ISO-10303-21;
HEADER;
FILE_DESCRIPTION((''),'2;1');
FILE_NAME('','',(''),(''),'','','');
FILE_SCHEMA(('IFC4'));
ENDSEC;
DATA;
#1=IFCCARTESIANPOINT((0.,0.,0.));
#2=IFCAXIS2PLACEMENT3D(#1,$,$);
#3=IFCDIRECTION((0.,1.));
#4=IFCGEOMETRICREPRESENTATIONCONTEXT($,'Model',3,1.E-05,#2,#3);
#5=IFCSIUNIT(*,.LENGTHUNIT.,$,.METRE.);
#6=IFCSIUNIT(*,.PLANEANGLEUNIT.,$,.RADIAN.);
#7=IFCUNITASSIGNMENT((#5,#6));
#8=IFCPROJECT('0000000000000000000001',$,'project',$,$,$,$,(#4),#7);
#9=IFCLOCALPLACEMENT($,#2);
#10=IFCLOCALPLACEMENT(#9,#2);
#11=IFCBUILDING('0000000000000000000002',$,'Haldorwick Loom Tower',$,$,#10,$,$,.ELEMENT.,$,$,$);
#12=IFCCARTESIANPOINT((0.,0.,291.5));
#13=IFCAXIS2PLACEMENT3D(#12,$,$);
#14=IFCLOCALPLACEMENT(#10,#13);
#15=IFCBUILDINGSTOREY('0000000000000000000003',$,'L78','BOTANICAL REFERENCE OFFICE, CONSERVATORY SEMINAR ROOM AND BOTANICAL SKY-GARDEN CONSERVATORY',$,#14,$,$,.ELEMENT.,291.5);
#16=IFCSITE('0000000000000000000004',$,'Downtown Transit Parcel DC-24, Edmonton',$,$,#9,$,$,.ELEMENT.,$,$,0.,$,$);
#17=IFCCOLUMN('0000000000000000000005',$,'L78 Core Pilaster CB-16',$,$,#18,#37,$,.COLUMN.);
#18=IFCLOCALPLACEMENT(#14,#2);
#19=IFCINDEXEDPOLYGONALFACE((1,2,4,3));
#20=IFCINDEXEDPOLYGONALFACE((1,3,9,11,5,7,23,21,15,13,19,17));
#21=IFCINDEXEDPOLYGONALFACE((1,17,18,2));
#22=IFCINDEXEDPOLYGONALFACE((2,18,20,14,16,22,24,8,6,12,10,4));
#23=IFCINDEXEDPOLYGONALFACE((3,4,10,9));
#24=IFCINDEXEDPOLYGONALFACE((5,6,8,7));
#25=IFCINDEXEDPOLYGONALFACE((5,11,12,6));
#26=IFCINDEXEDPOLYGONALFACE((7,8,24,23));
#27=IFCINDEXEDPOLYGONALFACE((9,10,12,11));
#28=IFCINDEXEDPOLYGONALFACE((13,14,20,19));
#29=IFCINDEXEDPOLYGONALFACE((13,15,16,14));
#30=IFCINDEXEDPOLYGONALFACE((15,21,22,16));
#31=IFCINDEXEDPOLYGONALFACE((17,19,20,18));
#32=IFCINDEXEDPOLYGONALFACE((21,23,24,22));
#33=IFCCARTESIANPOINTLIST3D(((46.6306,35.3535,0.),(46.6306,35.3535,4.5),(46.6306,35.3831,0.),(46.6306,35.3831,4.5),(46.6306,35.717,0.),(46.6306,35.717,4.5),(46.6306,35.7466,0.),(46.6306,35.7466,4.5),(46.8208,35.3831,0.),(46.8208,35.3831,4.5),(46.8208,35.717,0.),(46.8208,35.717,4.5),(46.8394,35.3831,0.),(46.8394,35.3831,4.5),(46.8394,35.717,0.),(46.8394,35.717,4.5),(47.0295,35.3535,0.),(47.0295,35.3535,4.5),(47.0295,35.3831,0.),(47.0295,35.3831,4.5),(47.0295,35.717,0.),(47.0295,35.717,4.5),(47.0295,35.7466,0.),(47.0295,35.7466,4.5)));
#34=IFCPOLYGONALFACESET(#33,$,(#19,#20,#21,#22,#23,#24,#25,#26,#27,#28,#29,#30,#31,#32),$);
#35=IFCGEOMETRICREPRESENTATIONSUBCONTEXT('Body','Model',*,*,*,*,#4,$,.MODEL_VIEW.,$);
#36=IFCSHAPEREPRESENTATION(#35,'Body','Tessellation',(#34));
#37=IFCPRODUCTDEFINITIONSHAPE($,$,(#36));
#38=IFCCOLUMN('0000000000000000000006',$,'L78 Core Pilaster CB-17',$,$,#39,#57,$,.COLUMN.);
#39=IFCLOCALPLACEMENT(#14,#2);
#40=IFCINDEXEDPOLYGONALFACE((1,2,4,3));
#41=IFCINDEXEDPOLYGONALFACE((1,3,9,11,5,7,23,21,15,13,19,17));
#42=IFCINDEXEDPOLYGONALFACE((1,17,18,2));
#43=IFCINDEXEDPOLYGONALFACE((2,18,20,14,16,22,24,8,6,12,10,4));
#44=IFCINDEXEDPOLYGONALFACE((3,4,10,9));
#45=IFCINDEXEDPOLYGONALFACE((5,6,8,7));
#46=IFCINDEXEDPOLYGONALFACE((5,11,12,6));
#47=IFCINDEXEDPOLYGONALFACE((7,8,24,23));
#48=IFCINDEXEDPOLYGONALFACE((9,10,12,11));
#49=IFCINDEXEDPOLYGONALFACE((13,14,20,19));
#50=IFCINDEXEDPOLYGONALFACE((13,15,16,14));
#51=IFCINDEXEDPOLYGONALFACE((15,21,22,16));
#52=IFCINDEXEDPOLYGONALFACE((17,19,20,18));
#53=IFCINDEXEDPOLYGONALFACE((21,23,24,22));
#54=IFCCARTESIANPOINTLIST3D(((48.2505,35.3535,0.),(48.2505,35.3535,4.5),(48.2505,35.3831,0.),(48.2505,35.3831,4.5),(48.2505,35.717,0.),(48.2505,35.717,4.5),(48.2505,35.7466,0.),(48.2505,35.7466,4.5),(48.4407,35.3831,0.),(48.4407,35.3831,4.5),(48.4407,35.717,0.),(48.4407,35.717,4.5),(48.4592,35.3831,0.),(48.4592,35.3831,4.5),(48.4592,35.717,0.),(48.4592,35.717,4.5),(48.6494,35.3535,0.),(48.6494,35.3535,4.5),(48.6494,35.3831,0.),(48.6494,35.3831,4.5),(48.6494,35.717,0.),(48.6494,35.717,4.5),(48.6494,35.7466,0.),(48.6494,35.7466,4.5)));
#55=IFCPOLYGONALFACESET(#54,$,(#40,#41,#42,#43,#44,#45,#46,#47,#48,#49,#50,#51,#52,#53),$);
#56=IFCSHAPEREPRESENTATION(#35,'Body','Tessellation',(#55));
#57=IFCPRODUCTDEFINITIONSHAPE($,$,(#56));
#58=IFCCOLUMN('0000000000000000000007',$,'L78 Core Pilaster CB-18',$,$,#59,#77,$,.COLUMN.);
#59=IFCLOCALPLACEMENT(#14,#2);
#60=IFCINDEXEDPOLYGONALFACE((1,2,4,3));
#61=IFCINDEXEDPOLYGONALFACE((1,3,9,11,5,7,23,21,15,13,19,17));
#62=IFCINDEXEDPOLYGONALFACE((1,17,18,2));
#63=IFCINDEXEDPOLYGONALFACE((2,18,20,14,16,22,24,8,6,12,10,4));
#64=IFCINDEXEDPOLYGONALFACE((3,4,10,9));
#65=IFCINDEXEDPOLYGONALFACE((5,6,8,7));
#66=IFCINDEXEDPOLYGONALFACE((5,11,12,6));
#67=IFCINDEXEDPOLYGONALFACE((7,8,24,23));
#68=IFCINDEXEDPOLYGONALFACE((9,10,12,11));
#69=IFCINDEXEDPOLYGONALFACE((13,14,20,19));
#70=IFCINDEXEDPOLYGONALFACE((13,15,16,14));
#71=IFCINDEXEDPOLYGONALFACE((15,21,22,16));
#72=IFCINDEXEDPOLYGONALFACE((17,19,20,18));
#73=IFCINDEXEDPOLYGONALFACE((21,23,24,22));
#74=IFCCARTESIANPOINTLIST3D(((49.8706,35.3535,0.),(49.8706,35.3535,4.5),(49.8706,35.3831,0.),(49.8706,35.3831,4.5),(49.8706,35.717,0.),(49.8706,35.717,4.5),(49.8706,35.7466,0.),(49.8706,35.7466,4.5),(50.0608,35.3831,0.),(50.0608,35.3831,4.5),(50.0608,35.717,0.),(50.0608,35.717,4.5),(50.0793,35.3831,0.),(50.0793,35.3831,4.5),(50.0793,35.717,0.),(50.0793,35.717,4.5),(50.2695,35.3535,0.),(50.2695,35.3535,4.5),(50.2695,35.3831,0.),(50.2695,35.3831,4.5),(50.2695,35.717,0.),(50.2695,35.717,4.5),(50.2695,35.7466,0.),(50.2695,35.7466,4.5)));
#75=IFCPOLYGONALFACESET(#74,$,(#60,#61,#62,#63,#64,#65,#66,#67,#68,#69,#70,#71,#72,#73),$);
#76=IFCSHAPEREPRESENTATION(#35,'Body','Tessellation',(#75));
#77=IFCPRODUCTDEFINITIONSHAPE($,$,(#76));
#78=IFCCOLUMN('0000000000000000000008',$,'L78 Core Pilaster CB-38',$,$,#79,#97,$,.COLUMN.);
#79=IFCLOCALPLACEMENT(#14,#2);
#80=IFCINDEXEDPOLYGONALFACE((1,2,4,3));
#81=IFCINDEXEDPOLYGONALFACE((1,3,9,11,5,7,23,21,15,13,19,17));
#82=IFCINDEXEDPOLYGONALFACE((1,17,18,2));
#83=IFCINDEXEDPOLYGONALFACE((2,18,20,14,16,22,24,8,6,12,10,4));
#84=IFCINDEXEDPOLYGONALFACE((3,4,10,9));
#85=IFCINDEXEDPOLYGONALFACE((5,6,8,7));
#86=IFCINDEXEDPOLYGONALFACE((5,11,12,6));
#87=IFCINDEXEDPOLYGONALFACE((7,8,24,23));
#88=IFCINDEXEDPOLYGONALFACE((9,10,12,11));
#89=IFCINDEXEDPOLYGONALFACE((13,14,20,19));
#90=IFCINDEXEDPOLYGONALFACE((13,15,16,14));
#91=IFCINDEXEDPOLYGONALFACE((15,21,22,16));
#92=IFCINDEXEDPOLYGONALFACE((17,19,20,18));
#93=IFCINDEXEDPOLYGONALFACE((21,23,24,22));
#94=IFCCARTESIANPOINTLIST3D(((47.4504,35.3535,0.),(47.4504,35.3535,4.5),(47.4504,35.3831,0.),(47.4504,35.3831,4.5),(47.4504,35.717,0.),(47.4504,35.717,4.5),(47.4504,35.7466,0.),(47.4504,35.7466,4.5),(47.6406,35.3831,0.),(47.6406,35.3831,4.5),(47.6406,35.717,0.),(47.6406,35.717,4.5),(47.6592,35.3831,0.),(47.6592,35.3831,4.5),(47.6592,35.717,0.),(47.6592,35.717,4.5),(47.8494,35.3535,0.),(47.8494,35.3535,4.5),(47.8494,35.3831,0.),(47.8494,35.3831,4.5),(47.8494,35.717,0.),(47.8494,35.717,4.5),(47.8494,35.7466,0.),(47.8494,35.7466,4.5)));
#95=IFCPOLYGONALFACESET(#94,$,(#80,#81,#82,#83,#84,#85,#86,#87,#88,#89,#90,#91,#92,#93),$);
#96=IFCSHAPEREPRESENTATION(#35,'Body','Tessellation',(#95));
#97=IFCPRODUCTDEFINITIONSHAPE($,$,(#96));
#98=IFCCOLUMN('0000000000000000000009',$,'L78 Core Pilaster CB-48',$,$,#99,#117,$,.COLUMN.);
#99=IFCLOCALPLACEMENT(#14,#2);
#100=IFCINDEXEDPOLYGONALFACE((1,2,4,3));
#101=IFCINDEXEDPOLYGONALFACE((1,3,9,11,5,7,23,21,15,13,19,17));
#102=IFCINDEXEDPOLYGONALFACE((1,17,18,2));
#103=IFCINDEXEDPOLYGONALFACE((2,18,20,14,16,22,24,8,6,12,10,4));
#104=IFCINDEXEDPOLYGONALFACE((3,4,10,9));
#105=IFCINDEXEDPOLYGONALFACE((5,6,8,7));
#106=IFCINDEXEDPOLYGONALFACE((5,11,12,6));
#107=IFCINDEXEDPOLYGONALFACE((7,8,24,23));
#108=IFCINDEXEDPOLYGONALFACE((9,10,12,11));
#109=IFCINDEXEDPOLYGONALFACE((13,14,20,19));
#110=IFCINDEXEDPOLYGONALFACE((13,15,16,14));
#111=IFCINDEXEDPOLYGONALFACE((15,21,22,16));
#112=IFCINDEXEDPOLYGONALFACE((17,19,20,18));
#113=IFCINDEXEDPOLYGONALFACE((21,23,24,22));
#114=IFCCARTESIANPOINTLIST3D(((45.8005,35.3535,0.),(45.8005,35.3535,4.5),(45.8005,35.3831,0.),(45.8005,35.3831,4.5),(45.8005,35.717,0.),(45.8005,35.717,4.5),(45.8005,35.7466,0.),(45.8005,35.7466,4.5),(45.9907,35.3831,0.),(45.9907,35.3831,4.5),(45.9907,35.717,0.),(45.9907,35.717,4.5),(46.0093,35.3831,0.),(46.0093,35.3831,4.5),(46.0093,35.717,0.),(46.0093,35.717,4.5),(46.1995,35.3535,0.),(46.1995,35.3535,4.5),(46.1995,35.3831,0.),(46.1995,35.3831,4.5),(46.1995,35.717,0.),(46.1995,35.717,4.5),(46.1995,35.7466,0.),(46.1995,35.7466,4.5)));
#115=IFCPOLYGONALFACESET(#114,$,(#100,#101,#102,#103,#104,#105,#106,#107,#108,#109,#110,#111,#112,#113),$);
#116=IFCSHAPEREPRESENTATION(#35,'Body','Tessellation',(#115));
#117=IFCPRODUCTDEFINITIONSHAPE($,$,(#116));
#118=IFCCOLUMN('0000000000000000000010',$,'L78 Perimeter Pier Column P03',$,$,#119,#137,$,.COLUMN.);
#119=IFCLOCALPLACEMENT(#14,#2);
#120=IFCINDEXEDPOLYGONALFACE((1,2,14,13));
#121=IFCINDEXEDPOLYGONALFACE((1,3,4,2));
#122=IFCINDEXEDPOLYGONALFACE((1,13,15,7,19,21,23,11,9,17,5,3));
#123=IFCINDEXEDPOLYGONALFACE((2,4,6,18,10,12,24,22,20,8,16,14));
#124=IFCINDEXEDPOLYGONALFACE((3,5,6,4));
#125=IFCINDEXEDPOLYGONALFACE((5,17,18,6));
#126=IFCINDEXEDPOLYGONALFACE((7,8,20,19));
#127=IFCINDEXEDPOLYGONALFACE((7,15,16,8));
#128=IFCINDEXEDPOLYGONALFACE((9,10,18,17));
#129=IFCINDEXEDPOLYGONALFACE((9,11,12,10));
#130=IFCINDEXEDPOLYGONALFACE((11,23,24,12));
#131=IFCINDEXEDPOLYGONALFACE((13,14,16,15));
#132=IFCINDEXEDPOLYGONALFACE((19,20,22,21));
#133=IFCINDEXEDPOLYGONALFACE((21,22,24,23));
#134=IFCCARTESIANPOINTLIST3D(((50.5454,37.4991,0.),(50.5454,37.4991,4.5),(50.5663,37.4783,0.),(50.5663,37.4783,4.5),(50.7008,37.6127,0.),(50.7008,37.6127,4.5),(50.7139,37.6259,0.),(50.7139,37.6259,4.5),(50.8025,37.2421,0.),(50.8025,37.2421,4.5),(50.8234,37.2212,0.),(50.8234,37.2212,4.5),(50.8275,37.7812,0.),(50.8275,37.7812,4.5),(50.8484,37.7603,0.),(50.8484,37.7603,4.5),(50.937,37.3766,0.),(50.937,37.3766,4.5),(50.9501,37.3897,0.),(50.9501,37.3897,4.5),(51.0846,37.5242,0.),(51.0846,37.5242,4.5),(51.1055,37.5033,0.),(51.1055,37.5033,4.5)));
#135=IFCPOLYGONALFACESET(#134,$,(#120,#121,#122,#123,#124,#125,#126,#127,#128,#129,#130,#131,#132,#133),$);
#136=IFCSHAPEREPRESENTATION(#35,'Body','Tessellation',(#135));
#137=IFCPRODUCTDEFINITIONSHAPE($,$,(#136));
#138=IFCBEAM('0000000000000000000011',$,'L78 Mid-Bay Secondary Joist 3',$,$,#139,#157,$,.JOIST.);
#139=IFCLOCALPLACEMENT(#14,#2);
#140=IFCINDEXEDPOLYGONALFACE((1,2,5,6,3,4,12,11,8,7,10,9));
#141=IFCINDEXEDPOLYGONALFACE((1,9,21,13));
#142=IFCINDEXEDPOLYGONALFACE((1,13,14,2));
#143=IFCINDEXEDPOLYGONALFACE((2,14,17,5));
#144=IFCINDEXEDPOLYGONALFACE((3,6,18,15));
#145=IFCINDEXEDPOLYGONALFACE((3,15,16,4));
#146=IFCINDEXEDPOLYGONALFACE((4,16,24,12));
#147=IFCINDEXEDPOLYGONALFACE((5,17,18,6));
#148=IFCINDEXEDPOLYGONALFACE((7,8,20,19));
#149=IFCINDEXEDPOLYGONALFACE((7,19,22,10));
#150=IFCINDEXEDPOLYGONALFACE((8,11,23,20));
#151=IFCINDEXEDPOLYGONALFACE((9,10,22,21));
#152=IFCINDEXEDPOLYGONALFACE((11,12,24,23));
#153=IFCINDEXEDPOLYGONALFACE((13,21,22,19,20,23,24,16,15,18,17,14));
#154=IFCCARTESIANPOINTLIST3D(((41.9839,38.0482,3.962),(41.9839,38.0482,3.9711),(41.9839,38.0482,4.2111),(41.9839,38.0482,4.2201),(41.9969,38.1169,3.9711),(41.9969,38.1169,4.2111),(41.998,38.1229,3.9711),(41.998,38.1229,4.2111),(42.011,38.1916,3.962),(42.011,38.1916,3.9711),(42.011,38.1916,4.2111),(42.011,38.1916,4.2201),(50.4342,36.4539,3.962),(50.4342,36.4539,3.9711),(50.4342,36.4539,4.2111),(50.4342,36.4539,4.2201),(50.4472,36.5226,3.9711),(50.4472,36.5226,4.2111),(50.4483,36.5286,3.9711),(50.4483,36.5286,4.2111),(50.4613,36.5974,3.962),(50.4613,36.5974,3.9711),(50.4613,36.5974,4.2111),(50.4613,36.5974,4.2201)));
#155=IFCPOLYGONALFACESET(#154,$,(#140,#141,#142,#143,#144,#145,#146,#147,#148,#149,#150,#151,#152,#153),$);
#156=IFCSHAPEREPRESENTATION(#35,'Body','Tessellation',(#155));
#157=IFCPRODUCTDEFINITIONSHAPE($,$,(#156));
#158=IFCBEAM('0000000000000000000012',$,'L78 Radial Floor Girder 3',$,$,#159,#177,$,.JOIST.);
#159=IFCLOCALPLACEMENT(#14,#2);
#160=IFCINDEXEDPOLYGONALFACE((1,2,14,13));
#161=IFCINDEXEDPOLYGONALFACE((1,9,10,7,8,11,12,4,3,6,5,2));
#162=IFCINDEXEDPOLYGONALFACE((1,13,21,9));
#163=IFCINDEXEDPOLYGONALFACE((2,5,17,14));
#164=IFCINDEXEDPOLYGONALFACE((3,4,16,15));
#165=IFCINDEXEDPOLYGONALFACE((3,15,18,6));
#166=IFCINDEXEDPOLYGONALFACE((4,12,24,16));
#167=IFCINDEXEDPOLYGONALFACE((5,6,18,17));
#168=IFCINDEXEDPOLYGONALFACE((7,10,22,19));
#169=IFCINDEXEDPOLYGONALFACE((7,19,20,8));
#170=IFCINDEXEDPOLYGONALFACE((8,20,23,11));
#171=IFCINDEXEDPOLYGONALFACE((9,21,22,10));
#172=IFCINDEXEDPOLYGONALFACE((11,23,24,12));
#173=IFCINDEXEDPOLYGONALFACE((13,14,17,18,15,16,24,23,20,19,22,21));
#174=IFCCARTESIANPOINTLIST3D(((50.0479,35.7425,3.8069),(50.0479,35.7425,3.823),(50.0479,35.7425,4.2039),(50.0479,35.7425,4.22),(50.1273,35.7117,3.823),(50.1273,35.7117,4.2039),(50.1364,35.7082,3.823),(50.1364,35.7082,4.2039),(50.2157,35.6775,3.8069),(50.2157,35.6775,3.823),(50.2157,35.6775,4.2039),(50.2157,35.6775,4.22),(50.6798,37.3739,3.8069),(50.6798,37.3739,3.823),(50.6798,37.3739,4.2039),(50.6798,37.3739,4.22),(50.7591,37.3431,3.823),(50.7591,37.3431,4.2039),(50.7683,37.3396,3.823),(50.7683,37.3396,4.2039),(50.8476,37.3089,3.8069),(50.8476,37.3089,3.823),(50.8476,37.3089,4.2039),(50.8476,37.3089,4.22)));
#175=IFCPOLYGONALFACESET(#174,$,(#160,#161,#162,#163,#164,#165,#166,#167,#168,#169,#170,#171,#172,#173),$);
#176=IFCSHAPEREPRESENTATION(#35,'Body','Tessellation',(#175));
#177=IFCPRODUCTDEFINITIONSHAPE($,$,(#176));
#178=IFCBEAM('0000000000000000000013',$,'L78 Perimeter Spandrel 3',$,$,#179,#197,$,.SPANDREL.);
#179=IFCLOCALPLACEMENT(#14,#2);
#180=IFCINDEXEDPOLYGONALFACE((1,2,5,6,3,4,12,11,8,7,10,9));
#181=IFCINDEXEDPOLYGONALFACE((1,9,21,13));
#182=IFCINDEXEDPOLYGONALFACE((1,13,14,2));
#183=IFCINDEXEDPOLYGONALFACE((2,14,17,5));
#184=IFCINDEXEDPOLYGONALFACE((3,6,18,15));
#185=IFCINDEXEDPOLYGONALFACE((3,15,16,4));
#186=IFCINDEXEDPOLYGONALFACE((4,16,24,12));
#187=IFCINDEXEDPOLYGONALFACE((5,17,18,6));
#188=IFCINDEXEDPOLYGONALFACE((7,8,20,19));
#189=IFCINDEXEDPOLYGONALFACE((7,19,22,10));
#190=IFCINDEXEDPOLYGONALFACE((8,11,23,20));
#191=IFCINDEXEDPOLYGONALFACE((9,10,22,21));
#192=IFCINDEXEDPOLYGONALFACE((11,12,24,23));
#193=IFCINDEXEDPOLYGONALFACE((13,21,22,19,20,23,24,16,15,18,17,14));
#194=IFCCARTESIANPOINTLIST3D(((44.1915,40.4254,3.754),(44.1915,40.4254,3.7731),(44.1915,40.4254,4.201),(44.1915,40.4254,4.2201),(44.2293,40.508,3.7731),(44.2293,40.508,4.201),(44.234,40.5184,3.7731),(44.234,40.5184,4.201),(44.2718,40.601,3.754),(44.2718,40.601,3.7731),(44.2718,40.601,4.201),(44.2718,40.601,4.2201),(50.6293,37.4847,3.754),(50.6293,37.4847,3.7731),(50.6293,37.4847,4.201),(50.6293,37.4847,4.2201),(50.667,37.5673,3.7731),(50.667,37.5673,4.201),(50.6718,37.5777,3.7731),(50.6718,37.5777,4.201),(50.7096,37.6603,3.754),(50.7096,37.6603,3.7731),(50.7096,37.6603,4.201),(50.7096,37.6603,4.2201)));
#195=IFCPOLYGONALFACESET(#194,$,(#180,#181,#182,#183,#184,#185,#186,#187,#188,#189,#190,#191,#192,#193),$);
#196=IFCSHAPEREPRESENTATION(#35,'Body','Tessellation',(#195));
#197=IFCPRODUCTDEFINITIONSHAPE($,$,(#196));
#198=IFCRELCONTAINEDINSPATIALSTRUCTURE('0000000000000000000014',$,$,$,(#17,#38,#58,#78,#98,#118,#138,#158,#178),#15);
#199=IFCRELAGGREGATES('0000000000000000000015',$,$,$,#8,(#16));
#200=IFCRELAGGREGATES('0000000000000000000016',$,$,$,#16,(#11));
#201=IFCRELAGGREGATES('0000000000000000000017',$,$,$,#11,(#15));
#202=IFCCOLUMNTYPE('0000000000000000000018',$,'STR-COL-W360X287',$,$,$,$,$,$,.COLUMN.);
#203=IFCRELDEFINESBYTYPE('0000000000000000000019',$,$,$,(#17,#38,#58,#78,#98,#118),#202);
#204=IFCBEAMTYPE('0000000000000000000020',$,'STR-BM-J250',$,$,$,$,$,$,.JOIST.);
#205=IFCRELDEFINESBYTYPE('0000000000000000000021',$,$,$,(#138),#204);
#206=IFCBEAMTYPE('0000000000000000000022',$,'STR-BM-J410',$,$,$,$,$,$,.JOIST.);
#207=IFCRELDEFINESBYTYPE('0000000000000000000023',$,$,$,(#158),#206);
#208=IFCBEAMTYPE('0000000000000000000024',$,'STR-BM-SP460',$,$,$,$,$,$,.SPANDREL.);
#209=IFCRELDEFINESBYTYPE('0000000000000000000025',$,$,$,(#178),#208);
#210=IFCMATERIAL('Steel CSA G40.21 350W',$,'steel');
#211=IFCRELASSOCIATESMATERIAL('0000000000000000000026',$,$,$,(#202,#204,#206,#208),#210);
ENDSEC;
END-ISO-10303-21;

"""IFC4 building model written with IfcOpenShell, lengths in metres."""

from ifc_helpers import new_model, si_unit, direction, frame, origin, origin_2d, place, context, subcontext, project, spatial, i_section, extrude, material, material_profile, profile_set, type_object, element, save


model = new_model("IFC4")

# Units and contexts
model_context = context("Model", 3, precision=1e-05, world=origin(), true_north=direction((0.0, 1.0)))
body_context = subcontext(model_context, "Body", "Model", "MODEL_VIEW")
ifc_project = project(units=[si_unit("LENGTHUNIT", "METRE"), si_unit("PLANEANGLEUNIT", "RADIAN")], contexts=[model_context])

# Site, building, storey
site_placement = place(None, origin())
site = spatial("IfcSite", under=ifc_project, at=site_placement, Name="Downtown Transit Parcel DC-24, Edmonton", CompositionType="ELEMENT", RefElevation=0.0)
building_placement = place(site_placement, origin())
building = spatial("IfcBuilding", under=site, at=building_placement, Name="Haldorwick Loom Tower", CompositionType="ELEMENT")
storey_placement = place(building_placement, frame((0.0, 0.0, 291.5)))
storey = spatial("IfcBuildingStorey", under=building, at=storey_placement, Name="L78", Description="BOTANICAL REFERENCE OFFICE, CONSERVATORY SEMINAR ROOM AND BOTANICAL SKY-GARDEN CONSERVATORY", CompositionType="ELEMENT", Elevation=291.5)

# Columns
ifc_material_1 = material(Name="Steel CSA G40.21 350W", Category="steel")
ifc_material_profile_1 = material_profile(ifc_material_1, i_section(OverallWidth=0.3989, OverallDepth=0.3931, WebThickness=0.0186, FlangeThickness=0.0295, at=origin_2d()), Name="W360X287", Category="steel")
ifc_profile_set_1 = profile_set([ifc_material_profile_1], Name="Steel CSA G40.21 350W")
column_type = type_object("IfcColumnType", Name="STR-COL-W360X287", PredefinedType="COLUMN", material=ifc_profile_set_1)
for number, where, z_axis, x_axis, name in (
    (1, (46.8301, 35.55, 0.0), (0.0, 0.0, 1.0), (1.0, 0.0, 0.0), "L78 Core Pilaster CB-16"),
    (2, (48.45, 35.55, 0.0), (0.0, 0.0, 1.0), (1.0, 0.0, 0.0), "L78 Core Pilaster CB-17"),
    (3, (50.0701, 35.55, 0.0), (0.0, 0.0, 1.0), (1.0, 0.0, 0.0), "L78 Core Pilaster CB-18"),
    (4, (47.6499, 35.55, 0.0), (0.0, 0.0, 1.0), (1.0, 0.0, 0.0), "L78 Core Pilaster CB-38"),
    (5, (46.0, 35.55, 0.0), (0.0, 0.0, 1.0), (1.0, 0.0, 0.0), "L78 Core Pilaster CB-48"),
    (6, (50.8254, 37.5012, 0.0), (0.0, 0.0, 1.0), (0.707107, 0.707107, 0.0), "L78 Perimeter Pier Column P03"),
):
    element("IfcColumn", number, at=place(storey_placement, frame(where, z_axis=z_axis, x_axis=x_axis)), inside=storey, type_object=column_type, Name=name, PredefinedType="COLUMN", context=body_context, shape_type="SweptSolid", body=[
        extrude(i_section(OverallWidth=0.3989, OverallDepth=0.3931, WebThickness=0.0186, FlangeThickness=0.0295, at=origin_2d()), origin(), (0.0, 0.0, 1.0), 4.5),
    ])

# Beams
ifc_material_profile_2 = material_profile(ifc_material_1, i_section(OverallWidth=0.146, OverallDepth=0.2581, WebThickness=0.0061, FlangeThickness=0.009, at=origin_2d()), Name="W250X33", Category="steel")
ifc_profile_set_2 = profile_set([ifc_material_profile_2], Name="Steel CSA G40.21 350W")
beam_type_1 = type_object("IfcBeamType", Name="STR-BM-J250", PredefinedType="JOIST", material=ifc_profile_set_2)
beam_1_placement = place(storey_placement, frame((50.4478, 36.5256, 4.0911), z_axis=(-0.982665, 0.185392, 0.0), x_axis=(-0.185392, -0.982665, 0.0)))
element("IfcBeam", 7, at=beam_1_placement, inside=storey, type_object=beam_type_1, Name="L78 Mid-Bay Secondary Joist 3", PredefinedType="JOIST", context=body_context, shape_type="SweptSolid", body=[
    extrude(i_section(OverallWidth=0.146, OverallDepth=0.2581, WebThickness=0.0061, FlangeThickness=0.009, at=origin_2d()), origin(), (0.0, 0.0, 1.0), 8.5994),
])
ifc_material_profile_3 = material_profile(ifc_material_1, i_section(OverallWidth=0.1799, OverallDepth=0.4131, WebThickness=0.0098, FlangeThickness=0.0161, at=origin_2d()), Name="W410X74", Category="steel")
ifc_profile_set_3 = profile_set([ifc_material_profile_3], Name="Steel CSA G40.21 350W")
beam_type_2 = type_object("IfcBeamType", Name="STR-BM-J410", PredefinedType="JOIST", material=ifc_profile_set_3)
beam_2_placement = place(storey_placement, frame((50.1318, 35.71, 4.0134), z_axis=(0.361166, 0.932501, 0.0), x_axis=(-0.932501, 0.361166, 0.0)))
element("IfcBeam", 8, at=beam_2_placement, inside=storey, type_object=beam_type_2, Name="L78 Radial Floor Girder 3", PredefinedType="JOIST", context=body_context, shape_type="SweptSolid", body=[
    extrude(i_section(OverallWidth=0.1799, OverallDepth=0.4131, WebThickness=0.0098, FlangeThickness=0.0161, at=origin_2d()), origin(), (0.0, 0.0, 1.0), 1.7495),
])
ifc_material_profile_4 = material_profile(ifc_material_1, i_section(OverallWidth=0.1931, OverallDepth=0.4661, WebThickness=0.0115, FlangeThickness=0.019, at=origin_2d()), Name="W460X97", Category="steel")
ifc_profile_set_4 = profile_set([ifc_material_profile_4], Name="Steel CSA G40.21 350W")
beam_type_3 = type_object("IfcBeamType", Name="STR-BM-SP460", PredefinedType="SPANDREL", material=ifc_profile_set_4)
beam_3_placement = place(storey_placement, frame((50.6694, 37.5725, 3.9871), z_axis=(-0.909597, 0.415492, 0.0), x_axis=(-0.415492, -0.909597, 0.0)))
element("IfcBeam", 9, at=beam_3_placement, inside=storey, type_object=beam_type_3, Name="L78 Perimeter Spandrel 3", PredefinedType="SPANDREL", context=body_context, shape_type="SweptSolid", body=[
    extrude(i_section(OverallWidth=0.1931, OverallDepth=0.4661, WebThickness=0.0115, FlangeThickness=0.019, at=origin_2d()), origin(), (0.0, 0.0, 1.0), 7.0776),
])

save(model, "model.ifc")
